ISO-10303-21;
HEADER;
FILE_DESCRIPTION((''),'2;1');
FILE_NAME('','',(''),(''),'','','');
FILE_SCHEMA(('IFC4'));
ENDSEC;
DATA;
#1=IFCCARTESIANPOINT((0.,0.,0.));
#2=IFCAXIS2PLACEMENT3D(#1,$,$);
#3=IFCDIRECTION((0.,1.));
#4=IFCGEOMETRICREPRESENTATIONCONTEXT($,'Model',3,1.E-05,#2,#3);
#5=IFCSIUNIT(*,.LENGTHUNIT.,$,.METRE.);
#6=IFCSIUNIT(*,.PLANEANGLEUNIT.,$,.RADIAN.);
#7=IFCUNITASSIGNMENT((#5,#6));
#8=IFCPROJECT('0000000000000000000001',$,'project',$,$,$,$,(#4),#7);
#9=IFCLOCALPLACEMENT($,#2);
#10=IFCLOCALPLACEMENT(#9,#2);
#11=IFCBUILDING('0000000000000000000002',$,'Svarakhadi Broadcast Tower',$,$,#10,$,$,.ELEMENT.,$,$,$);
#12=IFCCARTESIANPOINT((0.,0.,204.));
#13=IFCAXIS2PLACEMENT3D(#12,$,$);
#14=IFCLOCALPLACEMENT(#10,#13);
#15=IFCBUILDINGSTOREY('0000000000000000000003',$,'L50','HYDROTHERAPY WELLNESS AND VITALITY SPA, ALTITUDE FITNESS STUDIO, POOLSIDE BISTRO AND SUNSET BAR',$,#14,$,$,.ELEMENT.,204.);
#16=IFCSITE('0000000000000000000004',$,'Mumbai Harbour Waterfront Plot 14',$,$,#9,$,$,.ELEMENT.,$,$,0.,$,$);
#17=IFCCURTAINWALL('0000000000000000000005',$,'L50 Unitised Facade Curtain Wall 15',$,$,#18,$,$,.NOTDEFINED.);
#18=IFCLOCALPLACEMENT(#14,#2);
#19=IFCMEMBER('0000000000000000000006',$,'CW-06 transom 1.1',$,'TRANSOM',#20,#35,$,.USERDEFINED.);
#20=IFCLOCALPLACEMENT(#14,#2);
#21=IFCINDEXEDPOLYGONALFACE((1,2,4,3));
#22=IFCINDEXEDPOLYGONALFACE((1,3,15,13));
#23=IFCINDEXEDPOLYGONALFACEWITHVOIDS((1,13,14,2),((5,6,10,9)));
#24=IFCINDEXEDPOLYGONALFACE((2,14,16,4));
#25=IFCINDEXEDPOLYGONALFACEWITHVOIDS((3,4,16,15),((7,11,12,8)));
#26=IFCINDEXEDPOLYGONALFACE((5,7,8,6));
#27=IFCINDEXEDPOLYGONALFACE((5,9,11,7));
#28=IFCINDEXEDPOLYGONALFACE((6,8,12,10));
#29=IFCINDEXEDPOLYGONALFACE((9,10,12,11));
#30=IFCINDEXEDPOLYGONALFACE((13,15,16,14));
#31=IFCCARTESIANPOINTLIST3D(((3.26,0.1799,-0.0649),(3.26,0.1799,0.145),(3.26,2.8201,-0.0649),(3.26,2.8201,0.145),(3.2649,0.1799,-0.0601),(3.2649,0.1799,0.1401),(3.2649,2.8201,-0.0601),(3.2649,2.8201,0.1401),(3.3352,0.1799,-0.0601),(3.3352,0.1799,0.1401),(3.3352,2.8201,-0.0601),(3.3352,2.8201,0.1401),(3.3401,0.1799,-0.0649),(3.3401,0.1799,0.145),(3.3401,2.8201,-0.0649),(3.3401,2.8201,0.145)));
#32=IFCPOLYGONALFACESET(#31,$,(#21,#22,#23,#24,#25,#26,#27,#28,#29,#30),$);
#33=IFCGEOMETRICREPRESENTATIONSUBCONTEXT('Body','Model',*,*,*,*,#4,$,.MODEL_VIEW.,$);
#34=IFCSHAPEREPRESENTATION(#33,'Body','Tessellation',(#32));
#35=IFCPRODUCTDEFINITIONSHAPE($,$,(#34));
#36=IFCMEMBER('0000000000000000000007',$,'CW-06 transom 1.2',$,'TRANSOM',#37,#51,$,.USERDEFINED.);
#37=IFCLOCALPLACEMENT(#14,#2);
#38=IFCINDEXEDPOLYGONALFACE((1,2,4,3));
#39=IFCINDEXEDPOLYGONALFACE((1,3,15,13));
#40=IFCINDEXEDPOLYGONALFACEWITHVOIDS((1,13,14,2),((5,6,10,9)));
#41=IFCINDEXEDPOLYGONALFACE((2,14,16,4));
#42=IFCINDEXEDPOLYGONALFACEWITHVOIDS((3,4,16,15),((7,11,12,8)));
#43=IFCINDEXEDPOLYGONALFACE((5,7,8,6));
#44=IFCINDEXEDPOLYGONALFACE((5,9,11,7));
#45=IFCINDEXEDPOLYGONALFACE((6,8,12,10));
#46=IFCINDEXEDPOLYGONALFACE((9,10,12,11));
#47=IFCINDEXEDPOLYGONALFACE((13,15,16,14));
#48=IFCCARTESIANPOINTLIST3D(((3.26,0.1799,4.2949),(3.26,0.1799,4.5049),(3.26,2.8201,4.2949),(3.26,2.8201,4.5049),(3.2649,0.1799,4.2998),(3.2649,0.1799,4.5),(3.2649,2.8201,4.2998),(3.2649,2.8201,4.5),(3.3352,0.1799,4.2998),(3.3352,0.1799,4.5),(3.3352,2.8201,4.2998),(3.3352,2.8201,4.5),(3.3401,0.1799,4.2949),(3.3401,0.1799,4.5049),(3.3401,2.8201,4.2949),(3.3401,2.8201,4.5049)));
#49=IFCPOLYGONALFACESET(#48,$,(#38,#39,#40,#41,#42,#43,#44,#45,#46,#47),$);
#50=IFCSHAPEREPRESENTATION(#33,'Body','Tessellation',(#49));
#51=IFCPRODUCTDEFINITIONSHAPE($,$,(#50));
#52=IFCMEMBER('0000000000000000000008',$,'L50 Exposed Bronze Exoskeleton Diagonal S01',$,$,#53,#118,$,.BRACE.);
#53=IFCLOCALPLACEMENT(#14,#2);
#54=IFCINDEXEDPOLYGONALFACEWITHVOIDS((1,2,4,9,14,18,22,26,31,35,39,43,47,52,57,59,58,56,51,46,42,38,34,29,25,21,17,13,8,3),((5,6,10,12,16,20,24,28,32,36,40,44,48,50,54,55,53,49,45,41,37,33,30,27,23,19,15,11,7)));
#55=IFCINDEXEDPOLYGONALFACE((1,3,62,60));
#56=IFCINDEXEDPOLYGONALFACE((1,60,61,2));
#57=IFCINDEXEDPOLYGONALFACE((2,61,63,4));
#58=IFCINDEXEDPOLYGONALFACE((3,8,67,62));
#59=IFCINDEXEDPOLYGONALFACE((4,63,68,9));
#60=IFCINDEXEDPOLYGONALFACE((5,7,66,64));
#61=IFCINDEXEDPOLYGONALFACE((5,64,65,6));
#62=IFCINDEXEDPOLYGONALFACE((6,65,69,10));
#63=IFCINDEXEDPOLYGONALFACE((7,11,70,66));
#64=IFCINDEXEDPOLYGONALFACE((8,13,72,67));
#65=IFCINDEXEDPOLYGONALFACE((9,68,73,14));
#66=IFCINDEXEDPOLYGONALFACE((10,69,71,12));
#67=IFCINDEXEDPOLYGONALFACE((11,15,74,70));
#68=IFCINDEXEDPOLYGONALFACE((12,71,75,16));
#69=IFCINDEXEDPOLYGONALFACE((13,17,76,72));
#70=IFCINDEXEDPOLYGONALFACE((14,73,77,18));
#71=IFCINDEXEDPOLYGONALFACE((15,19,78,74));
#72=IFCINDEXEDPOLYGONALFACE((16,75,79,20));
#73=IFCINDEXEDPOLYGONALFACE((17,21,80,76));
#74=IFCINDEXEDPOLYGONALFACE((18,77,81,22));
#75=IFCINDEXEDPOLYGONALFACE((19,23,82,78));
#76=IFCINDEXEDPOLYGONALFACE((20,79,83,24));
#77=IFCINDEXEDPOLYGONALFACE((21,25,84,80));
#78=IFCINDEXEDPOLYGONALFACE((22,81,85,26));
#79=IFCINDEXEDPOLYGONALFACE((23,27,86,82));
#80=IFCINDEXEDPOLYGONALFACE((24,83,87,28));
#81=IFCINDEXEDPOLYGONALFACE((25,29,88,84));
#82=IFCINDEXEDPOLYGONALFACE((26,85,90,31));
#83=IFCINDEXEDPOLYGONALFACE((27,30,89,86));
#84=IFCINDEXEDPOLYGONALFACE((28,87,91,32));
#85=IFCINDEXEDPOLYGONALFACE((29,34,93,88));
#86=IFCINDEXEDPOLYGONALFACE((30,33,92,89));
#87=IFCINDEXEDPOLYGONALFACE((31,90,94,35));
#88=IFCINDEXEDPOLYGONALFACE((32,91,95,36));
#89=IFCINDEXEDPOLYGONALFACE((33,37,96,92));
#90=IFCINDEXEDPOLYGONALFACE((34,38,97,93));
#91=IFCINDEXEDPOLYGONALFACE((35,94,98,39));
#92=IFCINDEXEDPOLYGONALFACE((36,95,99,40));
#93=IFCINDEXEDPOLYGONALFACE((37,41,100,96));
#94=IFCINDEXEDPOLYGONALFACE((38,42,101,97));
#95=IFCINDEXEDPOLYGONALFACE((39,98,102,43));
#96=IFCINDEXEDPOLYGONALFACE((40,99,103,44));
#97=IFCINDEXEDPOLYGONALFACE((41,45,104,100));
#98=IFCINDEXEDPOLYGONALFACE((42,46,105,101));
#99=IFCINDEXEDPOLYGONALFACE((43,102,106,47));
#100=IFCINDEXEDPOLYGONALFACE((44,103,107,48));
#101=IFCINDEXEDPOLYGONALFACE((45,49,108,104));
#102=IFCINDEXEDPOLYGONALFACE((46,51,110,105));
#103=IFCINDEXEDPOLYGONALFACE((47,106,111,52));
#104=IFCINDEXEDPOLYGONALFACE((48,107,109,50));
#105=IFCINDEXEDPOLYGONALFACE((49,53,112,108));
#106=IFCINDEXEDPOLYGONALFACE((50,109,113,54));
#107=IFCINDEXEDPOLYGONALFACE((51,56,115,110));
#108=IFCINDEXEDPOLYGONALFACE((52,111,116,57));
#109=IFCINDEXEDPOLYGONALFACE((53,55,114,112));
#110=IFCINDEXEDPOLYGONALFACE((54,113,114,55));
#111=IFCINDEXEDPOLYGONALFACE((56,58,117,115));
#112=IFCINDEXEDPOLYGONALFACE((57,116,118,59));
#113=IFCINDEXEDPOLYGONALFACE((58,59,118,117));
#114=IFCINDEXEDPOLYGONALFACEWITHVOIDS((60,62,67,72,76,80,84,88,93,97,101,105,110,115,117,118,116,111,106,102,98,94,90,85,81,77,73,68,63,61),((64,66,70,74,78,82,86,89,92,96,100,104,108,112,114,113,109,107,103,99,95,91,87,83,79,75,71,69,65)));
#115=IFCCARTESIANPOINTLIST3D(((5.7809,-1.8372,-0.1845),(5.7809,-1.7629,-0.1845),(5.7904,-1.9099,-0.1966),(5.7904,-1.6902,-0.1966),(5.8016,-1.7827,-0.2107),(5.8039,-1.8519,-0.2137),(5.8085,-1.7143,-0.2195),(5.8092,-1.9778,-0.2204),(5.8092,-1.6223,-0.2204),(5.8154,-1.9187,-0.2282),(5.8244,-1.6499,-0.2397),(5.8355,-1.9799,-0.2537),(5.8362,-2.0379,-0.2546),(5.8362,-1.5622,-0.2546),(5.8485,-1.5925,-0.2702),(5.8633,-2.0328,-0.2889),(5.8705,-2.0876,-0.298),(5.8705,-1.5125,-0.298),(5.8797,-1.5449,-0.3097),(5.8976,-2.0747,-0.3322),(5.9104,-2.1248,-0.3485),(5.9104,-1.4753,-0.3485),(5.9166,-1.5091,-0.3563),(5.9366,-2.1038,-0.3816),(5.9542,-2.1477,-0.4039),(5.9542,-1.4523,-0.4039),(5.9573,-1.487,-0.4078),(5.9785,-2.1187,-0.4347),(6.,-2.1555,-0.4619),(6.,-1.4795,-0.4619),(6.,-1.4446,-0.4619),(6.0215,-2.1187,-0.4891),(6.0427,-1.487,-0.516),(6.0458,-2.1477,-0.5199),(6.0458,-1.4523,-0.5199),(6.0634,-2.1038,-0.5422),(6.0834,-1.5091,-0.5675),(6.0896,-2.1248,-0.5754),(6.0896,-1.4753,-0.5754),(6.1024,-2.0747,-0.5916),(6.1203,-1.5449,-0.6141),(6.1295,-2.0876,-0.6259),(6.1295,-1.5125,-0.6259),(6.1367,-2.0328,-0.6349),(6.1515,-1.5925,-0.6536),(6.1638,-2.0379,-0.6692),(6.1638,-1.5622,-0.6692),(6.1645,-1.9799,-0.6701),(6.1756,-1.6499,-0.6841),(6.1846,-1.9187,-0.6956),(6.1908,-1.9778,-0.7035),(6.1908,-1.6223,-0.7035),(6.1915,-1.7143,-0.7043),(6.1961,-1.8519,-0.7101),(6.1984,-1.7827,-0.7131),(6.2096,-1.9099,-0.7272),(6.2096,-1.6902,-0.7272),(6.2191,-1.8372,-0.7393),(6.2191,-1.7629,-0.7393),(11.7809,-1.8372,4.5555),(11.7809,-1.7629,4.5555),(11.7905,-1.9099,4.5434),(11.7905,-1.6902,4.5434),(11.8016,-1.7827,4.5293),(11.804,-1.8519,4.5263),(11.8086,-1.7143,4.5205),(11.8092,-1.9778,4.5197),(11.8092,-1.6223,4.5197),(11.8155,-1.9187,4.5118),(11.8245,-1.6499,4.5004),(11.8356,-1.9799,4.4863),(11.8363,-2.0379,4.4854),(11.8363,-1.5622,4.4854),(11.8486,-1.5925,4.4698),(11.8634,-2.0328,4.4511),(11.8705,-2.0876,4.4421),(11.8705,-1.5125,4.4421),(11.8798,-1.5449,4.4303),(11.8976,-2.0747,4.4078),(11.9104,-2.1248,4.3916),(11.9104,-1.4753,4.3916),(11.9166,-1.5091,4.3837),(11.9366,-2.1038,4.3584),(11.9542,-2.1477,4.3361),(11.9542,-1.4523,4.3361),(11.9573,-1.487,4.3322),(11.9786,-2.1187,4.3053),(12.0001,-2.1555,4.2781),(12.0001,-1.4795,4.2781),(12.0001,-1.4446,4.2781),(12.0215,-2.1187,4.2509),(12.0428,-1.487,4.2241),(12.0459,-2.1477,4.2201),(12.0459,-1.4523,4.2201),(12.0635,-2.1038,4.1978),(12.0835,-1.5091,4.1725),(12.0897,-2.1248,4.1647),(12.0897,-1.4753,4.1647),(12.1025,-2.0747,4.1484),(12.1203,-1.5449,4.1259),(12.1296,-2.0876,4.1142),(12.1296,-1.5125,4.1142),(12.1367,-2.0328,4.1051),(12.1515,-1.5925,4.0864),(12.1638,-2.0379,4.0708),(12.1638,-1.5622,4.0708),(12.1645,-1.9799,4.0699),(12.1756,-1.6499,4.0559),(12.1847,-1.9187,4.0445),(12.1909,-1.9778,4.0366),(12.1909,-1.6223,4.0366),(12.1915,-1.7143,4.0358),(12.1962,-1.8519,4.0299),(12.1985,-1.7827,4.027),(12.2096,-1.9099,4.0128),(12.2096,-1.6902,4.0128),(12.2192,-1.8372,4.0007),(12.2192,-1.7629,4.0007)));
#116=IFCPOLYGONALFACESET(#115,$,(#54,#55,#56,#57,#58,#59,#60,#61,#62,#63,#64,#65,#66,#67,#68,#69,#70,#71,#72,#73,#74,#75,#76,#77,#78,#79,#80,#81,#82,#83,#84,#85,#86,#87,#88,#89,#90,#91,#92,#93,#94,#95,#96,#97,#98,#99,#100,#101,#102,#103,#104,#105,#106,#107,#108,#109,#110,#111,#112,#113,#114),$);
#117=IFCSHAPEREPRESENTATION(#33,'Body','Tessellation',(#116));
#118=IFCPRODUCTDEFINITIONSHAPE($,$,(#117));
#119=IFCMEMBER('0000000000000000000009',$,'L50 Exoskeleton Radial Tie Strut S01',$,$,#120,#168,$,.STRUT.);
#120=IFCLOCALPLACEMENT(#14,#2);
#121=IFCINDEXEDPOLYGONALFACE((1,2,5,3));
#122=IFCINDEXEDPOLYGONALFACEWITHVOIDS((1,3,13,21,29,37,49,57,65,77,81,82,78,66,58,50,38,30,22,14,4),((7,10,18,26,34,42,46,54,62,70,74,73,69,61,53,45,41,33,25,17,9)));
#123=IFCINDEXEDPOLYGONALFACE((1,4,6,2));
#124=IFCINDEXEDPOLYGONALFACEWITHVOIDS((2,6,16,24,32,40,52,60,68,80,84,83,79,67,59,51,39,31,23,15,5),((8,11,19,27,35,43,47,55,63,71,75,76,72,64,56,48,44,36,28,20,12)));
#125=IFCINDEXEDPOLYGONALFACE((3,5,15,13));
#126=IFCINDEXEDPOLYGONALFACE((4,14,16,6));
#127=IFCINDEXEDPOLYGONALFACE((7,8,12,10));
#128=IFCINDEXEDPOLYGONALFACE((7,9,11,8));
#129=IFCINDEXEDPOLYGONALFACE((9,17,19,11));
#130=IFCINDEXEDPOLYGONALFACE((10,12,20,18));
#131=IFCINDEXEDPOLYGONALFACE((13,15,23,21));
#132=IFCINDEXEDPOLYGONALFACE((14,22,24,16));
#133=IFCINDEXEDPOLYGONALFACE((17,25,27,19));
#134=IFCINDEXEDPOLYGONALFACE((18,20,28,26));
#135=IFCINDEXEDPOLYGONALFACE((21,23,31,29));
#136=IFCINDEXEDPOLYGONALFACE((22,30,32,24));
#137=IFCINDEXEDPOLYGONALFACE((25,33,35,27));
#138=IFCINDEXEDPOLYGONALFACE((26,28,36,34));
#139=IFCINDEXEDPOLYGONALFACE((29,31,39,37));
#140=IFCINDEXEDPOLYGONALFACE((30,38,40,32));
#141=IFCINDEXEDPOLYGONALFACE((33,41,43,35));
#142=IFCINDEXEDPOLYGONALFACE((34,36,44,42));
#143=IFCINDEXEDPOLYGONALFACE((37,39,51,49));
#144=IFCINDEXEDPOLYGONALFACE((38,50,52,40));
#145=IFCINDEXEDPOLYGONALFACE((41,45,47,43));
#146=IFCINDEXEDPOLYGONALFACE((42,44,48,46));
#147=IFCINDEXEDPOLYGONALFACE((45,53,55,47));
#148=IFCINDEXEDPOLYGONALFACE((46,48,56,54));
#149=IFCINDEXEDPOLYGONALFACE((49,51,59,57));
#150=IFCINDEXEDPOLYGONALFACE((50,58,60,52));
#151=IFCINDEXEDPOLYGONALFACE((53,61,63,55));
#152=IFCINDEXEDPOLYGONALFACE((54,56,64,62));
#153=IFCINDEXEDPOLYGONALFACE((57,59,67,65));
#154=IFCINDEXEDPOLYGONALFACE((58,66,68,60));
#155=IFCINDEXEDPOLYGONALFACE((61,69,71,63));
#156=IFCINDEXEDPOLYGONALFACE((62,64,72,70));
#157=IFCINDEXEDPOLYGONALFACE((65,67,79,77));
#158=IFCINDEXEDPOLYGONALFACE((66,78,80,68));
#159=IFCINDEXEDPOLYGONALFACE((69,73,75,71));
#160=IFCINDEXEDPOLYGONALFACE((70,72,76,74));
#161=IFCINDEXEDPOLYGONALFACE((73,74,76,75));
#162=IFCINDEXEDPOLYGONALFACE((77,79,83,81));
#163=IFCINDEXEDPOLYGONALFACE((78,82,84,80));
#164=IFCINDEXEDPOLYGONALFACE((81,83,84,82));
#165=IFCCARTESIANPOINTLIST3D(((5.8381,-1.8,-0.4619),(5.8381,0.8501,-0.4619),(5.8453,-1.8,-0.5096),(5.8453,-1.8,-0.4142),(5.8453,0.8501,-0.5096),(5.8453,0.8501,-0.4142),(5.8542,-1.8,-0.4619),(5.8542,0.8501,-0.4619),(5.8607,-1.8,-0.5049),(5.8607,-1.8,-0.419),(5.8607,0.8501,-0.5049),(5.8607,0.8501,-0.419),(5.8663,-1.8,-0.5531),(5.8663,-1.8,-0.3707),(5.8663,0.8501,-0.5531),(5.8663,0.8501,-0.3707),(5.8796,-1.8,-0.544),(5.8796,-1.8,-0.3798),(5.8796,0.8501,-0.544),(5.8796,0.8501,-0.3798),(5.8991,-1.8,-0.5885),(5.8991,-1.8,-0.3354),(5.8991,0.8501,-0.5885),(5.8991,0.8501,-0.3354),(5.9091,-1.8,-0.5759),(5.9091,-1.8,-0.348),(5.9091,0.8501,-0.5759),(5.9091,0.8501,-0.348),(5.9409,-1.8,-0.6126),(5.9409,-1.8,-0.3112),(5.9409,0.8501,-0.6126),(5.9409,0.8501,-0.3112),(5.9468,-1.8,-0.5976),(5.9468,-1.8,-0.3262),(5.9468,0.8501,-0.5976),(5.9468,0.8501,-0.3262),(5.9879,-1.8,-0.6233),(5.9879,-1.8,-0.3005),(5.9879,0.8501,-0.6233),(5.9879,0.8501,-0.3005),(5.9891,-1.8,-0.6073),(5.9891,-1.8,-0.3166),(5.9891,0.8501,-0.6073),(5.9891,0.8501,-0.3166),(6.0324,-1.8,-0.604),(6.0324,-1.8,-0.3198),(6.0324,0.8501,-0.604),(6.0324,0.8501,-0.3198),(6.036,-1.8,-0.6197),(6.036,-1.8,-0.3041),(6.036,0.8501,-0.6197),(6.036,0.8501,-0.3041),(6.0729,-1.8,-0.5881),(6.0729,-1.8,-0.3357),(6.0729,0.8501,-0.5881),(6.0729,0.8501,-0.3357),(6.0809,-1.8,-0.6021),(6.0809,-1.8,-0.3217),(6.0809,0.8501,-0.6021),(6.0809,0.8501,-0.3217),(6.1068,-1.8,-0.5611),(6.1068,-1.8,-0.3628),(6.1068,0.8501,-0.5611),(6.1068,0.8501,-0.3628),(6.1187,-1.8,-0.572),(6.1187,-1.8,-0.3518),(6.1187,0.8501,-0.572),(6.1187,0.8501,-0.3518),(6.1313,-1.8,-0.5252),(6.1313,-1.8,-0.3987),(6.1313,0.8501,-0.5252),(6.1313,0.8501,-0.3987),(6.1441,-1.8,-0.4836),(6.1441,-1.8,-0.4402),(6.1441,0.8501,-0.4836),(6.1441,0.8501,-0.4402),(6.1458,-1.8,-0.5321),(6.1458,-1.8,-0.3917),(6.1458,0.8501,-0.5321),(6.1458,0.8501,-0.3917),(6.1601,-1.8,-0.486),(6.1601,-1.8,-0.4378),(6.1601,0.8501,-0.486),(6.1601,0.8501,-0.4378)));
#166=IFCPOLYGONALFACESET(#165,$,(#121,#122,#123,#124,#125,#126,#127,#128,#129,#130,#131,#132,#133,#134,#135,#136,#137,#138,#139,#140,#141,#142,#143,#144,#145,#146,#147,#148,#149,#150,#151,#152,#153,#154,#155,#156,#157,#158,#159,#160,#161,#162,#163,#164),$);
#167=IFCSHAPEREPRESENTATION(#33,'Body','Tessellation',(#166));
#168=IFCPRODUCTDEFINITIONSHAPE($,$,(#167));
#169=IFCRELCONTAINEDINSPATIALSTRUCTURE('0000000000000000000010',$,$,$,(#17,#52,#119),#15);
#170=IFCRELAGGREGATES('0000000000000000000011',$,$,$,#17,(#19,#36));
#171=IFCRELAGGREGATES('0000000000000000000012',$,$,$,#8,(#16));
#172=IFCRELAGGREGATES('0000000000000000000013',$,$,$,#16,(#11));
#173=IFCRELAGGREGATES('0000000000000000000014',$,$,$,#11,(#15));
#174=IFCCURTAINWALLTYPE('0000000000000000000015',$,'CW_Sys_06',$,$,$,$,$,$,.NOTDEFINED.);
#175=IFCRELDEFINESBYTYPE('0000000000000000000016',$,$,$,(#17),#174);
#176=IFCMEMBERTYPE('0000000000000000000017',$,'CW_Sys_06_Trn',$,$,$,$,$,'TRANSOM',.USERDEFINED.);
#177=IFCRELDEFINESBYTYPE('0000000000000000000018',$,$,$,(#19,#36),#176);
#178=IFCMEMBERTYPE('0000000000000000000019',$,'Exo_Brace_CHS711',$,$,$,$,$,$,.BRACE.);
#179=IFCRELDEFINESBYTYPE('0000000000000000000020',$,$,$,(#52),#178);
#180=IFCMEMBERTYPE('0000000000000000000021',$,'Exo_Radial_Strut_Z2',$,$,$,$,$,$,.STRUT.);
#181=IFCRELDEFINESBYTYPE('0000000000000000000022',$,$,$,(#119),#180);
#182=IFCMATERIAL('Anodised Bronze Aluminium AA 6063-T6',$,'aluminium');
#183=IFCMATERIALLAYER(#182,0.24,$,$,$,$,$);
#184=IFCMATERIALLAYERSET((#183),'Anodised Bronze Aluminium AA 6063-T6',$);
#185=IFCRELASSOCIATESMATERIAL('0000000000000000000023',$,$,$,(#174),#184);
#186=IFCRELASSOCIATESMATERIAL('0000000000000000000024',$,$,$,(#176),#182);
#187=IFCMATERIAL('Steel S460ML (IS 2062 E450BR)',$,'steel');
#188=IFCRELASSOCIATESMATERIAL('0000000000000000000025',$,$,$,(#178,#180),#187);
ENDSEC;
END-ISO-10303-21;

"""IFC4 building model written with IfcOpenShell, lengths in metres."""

from ifc_helpers import new_model, si_unit, direction, frame, origin, origin_2d, place, context, subcontext, project, spatial, hollow_rectangle, hollow_circle, extrude, material, layer, layer_set, material_profile, profile_set, type_object, element, aggregate, save


model = new_model("IFC4")

# Units and contexts
model_context = context("Model", 3, precision=1e-05, world=origin(), true_north=direction((0.0, 1.0)))
body_context = subcontext(model_context, "Body", "Model", "MODEL_VIEW")
ifc_project = project(units=[si_unit("LENGTHUNIT", "METRE"), si_unit("PLANEANGLEUNIT", "RADIAN")], contexts=[model_context])

# Site, building, storey
site_placement = place(None, origin())
site = spatial("IfcSite", under=ifc_project, at=site_placement, Name="Mumbai Harbour Waterfront Plot 14", CompositionType="ELEMENT", RefElevation=0.0)
building_placement = place(site_placement, origin())
building = spatial("IfcBuilding", under=site, at=building_placement, Name="Svarakhadi Broadcast Tower", CompositionType="ELEMENT")
storey_placement = place(building_placement, frame((0.0, 0.0, 204.0)))
storey = spatial("IfcBuildingStorey", under=building, at=storey_placement, Name="L50", Description="HYDROTHERAPY WELLNESS AND VITALITY SPA, ALTITUDE FITNESS STUDIO, POOLSIDE BISTRO AND SUNSET BAR", CompositionType="ELEMENT", Elevation=204.0)

# Shared definitions
ifc_material_1 = material(Name="Steel S460ML (IS 2062 E450BR)", Category="steel")

# Shared definitions
ifc_material_2 = material(Name="Anodised Bronze Aluminium AA 6063-T6", Category="aluminium")
ifc_layer_1 = layer(ifc_material_2, 0.24)
ifc_layer_set_1 = layer_set([ifc_layer_1], Name="Anodised Bronze Aluminium AA 6063-T6")
curtain_wall_type = type_object("IfcCurtainWallType", Name="CW_Sys_06", PredefinedType="NOTDEFINED", material=ifc_layer_set_1)

# Curtain wall
curtain_wall_1_placement = place(storey_placement, origin())
curtain_wall_1 = element("IfcCurtainWall", 1, at=curtain_wall_1_placement, inside=storey, type_object=curtain_wall_type, Name="L50 Unitised Facade Curtain Wall 15", PredefinedType="NOTDEFINED")

# Members
ifc_material_profile_1 = material_profile(ifc_material_2, hollow_rectangle(XDim=0.0801, YDim=0.21, WallThickness=0.0049, at=origin_2d()), Name="ALU TRANSOM 210x80x5")
ifc_profile_set_1 = profile_set([ifc_material_profile_1], Name="Anodised Bronze Aluminium AA 6063-T6")
member_type_1 = type_object("IfcMemberType", Name="CW_Sys_06_Trn", ElementType="TRANSOM", PredefinedType="USERDEFINED", material=ifc_profile_set_1)
member_1_placement = place(storey_placement, frame((3.3, 0.1799, 0.04), z_axis=(0.0, 1.0, 0.0), x_axis=(-1.0, 0.0, 0.0)))
member_1 = element("IfcMember", 2, at=member_1_placement, type_object=member_type_1, Name="CW-06 transom 1.1", ObjectType="TRANSOM", PredefinedType="USERDEFINED", context=body_context, shape_type="SweptSolid", body=[
    extrude(hollow_rectangle(XDim=0.0801, YDim=0.21, WallThickness=0.0049, at=origin_2d()), origin(), (0.0, 0.0, 1.0), 2.6401),
])
member_2_placement = place(storey_placement, frame((3.3, 0.1799, 4.3999), z_axis=(0.0, 1.0, 0.0), x_axis=(-1.0, 0.0, 0.0)))
member_2 = element("IfcMember", 3, at=member_2_placement, type_object=member_type_1, Name="CW-06 transom 1.2", ObjectType="TRANSOM", PredefinedType="USERDEFINED", context=body_context, shape_type="SweptSolid", body=[
    extrude(hollow_rectangle(XDim=0.0801, YDim=0.21, WallThickness=0.0049, at=origin_2d()), origin(), (0.0, 0.0, 1.0), 2.6401),
])

# Members
ifc_material_profile_2 = material_profile(ifc_material_1, hollow_circle(Radius=0.3555, WallThickness=0.0349, at=origin_2d()), Name="CHS 711x35")
ifc_profile_set_2 = profile_set([ifc_material_profile_2], Name="Steel S460ML (IS 2062 E450BR)")
member_type_2 = type_object("IfcMemberType", Name="Exo_Brace_CHS711", PredefinedType="BRACE", material=ifc_profile_set_2)
member_3_placement = place(storey_placement, frame((6.0, -1.8, -0.4619), z_axis=(0.784682, 0.0, 0.619898), x_axis=(0.0, 1.0, 0.0)))
element("IfcMember", 4, at=member_3_placement, inside=storey, type_object=member_type_2, Name="L50 Exposed Bronze Exoskeleton Diagonal S01", PredefinedType="BRACE", context=body_context, shape_type="SweptSolid", body=[
    extrude(hollow_circle(Radius=0.3555, WallThickness=0.0349, at=origin_2d()), origin(), (0.0, 0.0, 1.0), 7.6465),
])
ifc_material_profile_3 = material_profile(ifc_material_1, hollow_circle(Radius=0.1619, WallThickness=0.0161, at=origin_2d()), Name="CHS 323.9x16")
ifc_profile_set_3 = profile_set([ifc_material_profile_3], Name="Steel S460ML (IS 2062 E450BR)")
member_type_3 = type_object("IfcMemberType", Name="Exo_Radial_Strut_Z2", PredefinedType="STRUT", material=ifc_profile_set_3)
member_4_placement = place(storey_placement, frame((6.0, -1.8, -0.4619), z_axis=(0.0, 1.0, 0.0), x_axis=(-1.0, 0.0, 0.0)))
element("IfcMember", 5, at=member_4_placement, inside=storey, type_object=member_type_3, Name="L50 Exoskeleton Radial Tie Strut S01", PredefinedType="STRUT", context=body_context, shape_type="SweptSolid", body=[
    extrude(hollow_circle(Radius=0.1619, WallThickness=0.0161, at=origin_2d()), origin(), (0.0, 0.0, 1.0), 2.6501),
])

aggregate(curtain_wall_1, [member_1, member_2])

save(model, "model.ifc")
